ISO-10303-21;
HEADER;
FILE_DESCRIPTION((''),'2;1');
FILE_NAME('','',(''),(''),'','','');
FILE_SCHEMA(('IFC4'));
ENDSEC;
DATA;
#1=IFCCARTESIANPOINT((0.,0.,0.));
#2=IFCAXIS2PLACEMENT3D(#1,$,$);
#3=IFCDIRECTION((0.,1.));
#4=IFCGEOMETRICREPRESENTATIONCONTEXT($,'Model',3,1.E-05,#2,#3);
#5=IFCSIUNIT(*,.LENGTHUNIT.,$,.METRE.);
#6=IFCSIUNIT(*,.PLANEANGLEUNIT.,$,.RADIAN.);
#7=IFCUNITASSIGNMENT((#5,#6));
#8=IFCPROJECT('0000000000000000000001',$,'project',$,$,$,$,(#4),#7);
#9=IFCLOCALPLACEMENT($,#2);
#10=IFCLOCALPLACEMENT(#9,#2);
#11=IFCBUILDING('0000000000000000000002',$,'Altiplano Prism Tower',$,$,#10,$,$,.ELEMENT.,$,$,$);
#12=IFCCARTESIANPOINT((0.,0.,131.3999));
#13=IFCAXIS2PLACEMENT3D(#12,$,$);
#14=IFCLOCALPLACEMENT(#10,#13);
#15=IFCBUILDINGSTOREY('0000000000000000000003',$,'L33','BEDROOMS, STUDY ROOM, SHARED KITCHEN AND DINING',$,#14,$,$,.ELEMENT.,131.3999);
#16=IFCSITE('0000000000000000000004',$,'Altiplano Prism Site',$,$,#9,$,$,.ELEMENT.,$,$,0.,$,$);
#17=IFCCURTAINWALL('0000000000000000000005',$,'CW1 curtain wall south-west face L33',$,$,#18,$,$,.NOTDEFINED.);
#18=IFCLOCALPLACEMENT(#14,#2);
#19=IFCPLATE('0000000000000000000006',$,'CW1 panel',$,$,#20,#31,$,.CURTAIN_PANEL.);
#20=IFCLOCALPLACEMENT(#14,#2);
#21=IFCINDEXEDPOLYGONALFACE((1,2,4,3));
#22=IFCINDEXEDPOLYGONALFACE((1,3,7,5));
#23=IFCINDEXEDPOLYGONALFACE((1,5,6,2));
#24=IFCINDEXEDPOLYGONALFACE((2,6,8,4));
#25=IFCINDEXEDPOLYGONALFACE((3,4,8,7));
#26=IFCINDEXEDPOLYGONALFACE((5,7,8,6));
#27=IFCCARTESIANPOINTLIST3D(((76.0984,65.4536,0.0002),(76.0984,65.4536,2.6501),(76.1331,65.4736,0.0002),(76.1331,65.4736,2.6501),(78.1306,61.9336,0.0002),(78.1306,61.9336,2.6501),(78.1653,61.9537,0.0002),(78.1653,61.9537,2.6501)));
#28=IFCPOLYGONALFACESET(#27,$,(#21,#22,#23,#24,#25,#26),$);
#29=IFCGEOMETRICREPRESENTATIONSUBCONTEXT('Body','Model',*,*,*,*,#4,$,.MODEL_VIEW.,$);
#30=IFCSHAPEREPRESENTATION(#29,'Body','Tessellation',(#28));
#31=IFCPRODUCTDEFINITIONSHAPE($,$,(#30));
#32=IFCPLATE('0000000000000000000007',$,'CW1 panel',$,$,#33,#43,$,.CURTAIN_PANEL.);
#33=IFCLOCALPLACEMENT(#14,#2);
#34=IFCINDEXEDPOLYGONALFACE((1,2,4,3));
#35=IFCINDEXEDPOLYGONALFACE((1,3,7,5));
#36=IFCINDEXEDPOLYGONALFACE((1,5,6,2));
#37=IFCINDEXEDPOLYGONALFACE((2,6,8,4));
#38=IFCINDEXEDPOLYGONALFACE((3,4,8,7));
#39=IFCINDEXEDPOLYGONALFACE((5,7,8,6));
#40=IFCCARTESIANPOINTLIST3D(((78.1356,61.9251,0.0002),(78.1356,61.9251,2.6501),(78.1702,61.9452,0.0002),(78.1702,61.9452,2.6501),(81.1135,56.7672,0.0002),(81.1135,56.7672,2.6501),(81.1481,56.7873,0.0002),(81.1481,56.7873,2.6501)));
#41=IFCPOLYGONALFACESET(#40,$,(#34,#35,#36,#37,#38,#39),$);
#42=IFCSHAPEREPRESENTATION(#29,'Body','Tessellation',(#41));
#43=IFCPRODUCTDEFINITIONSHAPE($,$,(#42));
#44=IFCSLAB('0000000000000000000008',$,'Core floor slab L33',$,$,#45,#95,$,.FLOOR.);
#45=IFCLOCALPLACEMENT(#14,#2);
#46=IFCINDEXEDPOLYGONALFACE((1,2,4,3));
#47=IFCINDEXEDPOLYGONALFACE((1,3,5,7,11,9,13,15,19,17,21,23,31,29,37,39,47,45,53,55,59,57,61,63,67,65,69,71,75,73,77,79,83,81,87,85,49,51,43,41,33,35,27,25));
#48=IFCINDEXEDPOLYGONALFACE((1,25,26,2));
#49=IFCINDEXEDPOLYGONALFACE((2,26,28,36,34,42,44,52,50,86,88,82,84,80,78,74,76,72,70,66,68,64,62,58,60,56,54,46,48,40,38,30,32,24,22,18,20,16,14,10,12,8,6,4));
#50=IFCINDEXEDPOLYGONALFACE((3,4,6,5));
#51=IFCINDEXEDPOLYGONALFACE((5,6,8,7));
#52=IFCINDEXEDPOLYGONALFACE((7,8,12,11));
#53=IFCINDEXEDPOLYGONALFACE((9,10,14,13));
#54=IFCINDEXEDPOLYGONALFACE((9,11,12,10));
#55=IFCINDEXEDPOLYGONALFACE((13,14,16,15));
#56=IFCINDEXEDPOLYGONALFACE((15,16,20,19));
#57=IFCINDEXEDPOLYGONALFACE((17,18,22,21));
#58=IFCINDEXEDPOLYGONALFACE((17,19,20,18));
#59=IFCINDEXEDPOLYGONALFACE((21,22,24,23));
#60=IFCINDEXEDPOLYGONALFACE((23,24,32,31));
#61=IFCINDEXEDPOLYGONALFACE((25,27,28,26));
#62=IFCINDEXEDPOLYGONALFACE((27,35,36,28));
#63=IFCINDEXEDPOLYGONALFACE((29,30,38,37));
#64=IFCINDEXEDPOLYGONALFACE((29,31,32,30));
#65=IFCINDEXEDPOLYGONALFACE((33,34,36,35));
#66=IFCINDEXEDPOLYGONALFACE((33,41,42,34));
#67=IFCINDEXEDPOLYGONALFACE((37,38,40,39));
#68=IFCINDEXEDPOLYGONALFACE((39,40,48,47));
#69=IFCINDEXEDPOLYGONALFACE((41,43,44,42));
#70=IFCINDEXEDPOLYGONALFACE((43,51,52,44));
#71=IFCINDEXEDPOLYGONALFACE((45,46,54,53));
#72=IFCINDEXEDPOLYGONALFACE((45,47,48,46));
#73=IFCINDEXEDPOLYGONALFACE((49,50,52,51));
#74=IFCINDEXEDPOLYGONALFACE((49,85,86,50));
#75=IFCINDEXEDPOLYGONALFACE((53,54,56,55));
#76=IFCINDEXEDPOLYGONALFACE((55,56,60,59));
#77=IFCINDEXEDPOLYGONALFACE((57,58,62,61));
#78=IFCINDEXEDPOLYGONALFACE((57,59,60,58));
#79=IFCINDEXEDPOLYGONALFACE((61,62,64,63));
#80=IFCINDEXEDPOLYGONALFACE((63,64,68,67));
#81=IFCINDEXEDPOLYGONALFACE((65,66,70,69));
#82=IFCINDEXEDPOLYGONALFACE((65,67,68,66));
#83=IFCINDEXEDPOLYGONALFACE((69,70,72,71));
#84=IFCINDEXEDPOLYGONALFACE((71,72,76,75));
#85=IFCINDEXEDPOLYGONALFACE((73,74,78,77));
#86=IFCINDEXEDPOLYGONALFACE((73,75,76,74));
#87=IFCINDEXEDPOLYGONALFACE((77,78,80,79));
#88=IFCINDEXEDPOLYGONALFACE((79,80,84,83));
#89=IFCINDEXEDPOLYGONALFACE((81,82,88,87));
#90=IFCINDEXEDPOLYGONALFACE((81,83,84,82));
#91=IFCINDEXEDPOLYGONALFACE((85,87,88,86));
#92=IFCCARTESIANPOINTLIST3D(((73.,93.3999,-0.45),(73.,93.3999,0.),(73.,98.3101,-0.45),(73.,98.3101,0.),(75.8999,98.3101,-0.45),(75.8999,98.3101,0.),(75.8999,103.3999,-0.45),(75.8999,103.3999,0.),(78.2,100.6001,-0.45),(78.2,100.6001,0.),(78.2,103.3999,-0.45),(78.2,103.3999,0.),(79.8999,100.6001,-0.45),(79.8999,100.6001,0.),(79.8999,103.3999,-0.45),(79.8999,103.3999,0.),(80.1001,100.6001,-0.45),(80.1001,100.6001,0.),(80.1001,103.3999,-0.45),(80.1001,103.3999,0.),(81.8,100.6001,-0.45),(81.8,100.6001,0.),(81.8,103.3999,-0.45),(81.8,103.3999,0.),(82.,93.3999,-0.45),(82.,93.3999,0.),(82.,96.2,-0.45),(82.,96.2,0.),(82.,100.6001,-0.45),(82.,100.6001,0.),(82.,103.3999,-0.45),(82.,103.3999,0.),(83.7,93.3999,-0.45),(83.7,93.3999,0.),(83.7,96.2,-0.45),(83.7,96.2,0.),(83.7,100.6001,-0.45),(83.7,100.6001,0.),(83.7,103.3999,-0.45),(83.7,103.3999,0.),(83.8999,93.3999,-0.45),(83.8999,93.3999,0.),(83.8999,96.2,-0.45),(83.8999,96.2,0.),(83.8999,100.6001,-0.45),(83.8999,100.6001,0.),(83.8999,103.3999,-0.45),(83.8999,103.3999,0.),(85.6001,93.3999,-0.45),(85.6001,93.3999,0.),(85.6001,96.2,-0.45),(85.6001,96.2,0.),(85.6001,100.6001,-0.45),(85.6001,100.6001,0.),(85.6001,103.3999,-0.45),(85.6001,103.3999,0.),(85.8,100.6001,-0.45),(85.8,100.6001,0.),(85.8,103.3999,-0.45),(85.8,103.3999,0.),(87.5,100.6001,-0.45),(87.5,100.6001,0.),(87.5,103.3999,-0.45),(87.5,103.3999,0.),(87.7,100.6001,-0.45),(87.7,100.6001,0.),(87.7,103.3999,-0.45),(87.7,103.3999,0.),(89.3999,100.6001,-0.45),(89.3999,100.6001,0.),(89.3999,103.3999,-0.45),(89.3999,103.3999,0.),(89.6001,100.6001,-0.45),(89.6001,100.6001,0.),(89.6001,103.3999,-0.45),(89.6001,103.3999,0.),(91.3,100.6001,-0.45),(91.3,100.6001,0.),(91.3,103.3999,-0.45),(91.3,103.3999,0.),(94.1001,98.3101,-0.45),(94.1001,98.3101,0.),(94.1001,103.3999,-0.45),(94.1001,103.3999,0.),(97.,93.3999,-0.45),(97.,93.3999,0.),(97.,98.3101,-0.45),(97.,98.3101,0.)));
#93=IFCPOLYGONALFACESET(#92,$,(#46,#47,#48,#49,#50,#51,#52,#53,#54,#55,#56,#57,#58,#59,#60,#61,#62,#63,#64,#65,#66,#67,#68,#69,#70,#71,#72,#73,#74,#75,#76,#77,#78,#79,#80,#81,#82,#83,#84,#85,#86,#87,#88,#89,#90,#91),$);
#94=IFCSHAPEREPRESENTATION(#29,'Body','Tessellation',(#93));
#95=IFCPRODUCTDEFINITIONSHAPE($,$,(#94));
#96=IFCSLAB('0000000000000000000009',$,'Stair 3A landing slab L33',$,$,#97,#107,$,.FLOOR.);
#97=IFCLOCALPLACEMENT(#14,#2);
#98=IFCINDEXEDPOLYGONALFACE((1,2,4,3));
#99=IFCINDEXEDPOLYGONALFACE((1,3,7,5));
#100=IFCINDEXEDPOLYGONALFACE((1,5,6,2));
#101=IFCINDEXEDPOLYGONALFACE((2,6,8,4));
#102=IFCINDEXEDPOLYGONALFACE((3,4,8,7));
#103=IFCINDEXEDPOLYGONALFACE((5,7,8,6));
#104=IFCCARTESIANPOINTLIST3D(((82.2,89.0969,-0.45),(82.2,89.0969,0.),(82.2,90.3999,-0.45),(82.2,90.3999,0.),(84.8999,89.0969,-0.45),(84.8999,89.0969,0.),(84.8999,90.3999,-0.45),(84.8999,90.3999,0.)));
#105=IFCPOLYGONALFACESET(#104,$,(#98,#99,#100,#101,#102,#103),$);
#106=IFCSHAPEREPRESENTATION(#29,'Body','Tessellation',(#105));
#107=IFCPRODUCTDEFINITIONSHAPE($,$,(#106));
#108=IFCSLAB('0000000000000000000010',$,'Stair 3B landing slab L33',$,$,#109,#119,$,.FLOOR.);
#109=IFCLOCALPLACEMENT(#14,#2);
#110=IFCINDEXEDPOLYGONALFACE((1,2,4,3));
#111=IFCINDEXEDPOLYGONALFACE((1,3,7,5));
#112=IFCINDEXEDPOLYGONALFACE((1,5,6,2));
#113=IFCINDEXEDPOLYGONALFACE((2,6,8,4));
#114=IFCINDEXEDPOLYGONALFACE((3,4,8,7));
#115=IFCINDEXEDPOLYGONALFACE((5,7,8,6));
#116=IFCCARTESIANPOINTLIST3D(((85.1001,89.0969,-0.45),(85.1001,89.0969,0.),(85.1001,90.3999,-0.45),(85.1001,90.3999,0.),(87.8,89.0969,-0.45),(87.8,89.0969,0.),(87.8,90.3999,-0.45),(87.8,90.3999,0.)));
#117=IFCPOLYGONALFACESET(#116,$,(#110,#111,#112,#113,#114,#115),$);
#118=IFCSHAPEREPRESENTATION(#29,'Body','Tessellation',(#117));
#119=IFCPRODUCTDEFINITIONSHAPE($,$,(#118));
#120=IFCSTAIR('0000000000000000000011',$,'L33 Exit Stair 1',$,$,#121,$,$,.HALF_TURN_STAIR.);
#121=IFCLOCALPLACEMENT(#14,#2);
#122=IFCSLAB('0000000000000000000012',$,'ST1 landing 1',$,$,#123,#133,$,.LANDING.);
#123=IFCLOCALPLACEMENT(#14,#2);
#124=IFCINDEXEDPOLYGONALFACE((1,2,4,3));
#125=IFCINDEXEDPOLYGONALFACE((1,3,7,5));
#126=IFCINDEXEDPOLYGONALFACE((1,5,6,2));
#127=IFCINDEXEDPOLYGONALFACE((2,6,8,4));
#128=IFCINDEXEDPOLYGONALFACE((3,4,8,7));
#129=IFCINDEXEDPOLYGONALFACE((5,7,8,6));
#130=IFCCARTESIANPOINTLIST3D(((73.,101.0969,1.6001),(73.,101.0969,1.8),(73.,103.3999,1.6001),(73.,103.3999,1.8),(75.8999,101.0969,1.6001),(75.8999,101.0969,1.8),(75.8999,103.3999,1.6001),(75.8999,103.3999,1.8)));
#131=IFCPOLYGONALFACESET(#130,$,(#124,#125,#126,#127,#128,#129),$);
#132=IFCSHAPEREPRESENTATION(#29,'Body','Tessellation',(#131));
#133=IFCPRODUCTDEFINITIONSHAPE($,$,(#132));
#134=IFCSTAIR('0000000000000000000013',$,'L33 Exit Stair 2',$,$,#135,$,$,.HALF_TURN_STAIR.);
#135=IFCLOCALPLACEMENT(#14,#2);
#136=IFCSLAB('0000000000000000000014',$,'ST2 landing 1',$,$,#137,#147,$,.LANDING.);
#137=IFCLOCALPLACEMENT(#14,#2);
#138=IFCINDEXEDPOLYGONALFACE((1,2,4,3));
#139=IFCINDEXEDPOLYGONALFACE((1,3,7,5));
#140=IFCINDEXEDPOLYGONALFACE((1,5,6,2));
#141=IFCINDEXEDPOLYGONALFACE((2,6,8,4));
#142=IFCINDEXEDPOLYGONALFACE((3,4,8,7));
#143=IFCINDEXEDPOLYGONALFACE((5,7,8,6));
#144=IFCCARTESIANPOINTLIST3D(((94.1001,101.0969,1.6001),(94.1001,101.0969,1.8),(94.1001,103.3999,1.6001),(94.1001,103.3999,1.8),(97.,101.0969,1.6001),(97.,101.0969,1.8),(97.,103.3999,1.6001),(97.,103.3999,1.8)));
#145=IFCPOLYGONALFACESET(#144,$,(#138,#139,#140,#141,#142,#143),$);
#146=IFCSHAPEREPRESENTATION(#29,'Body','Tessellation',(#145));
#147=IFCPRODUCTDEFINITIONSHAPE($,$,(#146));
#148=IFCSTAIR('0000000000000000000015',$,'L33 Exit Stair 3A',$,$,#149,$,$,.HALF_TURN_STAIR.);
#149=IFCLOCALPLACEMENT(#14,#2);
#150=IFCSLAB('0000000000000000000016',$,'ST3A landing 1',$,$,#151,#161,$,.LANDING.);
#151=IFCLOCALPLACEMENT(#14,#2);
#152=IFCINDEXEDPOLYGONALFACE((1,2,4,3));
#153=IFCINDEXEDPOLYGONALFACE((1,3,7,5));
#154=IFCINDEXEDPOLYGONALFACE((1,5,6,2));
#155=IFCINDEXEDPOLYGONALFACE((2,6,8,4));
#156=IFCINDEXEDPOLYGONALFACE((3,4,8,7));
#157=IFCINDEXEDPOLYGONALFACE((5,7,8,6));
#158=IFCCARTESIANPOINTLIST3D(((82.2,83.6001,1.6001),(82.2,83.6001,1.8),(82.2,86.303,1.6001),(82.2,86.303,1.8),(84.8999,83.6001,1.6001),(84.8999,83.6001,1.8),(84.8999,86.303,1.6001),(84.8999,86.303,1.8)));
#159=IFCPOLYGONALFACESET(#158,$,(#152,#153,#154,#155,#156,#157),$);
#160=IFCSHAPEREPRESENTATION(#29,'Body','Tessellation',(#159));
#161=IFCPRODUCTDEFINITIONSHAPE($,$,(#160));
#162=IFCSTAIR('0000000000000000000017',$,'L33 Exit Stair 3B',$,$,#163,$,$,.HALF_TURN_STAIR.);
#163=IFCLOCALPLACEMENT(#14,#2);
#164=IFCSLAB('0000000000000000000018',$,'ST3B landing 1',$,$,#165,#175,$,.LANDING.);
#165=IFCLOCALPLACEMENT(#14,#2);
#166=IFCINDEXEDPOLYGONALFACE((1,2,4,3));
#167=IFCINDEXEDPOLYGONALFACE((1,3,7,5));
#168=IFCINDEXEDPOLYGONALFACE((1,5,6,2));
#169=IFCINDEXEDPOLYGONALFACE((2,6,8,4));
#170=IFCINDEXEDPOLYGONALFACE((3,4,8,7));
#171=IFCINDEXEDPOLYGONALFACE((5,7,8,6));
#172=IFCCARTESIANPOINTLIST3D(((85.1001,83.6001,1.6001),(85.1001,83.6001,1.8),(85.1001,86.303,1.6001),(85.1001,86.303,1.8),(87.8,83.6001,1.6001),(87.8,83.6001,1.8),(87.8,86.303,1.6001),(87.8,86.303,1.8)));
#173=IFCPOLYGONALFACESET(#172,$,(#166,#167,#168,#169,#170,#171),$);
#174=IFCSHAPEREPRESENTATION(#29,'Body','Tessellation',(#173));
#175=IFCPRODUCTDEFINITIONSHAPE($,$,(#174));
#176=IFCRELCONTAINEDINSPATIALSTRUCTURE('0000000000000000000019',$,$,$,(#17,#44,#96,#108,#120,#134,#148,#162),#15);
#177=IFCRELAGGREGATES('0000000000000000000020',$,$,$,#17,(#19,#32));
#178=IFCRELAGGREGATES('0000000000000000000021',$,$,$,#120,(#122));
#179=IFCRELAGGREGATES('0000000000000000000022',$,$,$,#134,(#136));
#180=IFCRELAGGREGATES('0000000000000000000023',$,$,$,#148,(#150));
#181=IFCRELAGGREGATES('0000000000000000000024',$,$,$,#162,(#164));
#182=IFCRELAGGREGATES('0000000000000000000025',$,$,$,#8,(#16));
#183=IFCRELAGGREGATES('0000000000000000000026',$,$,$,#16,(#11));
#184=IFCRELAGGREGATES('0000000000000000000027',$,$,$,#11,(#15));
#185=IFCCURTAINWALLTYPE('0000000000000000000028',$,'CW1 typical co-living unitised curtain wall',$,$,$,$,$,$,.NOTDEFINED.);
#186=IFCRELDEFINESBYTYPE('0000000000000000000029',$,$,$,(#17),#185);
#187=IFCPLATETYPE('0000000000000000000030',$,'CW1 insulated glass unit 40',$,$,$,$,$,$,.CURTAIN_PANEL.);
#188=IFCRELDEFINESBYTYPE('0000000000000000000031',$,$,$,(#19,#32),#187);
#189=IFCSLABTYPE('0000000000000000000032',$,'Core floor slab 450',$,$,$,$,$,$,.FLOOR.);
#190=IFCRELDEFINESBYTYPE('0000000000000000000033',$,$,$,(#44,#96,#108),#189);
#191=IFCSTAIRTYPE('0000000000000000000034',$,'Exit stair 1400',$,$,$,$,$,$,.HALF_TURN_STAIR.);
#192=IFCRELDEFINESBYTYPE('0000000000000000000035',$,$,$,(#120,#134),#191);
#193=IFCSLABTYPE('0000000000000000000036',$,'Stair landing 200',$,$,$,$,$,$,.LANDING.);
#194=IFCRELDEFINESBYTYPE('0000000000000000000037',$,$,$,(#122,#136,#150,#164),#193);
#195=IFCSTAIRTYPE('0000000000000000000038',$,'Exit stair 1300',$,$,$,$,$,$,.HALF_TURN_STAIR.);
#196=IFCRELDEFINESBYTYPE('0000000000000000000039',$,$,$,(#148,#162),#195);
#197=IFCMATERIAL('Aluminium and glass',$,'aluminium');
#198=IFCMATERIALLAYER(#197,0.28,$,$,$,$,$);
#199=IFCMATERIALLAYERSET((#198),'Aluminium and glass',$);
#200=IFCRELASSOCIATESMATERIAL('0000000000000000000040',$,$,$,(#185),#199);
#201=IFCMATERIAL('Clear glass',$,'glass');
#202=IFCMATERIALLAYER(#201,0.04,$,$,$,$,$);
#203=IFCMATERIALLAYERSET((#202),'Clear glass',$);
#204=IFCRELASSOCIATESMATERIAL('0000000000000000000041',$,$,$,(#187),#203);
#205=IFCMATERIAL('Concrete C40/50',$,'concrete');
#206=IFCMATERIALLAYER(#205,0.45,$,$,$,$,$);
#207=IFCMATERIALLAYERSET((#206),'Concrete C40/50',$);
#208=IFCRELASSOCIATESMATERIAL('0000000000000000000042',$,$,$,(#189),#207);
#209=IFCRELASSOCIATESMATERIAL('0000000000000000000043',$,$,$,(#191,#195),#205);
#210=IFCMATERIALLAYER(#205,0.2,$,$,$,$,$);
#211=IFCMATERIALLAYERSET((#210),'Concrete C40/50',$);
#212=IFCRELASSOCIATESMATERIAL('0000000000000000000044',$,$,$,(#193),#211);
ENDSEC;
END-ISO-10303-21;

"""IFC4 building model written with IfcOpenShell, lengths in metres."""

from ifc_helpers import new_model, si_unit, direction, frame, origin, origin_2d, place, context, subcontext, project, spatial, polyline, rectangle, outline, extrude, material, layer, layer_set, type_object, element, aggregate, save


model = new_model("IFC4")

# Units and contexts
model_context = context("Model", 3, precision=1e-05, world=origin(), true_north=direction((0.0, 1.0)))
body_context = subcontext(model_context, "Body", "Model", "MODEL_VIEW")
ifc_project = project(units=[si_unit("LENGTHUNIT", "METRE"), si_unit("PLANEANGLEUNIT", "RADIAN")], contexts=[model_context])

# Site, building, storey
site_placement = place(None, origin())
site = spatial("IfcSite", under=ifc_project, at=site_placement, Name="Altiplano Prism Site", CompositionType="ELEMENT", RefElevation=0.0)
building_placement = place(site_placement, origin())
building = spatial("IfcBuilding", under=site, at=building_placement, Name="Altiplano Prism Tower", CompositionType="ELEMENT")
storey_placement = place(building_placement, frame((0.0, 0.0, 131.3999)))
storey = spatial("IfcBuildingStorey", under=building, at=storey_placement, Name="L33", Description="BEDROOMS, STUDY ROOM, SHARED KITCHEN AND DINING", CompositionType="ELEMENT", Elevation=131.3999)

# Curtain wall
ifc_material_1 = material(Name="Aluminium and glass", Category="aluminium")
ifc_layer_1 = layer(ifc_material_1, 0.28)
ifc_layer_set_1 = layer_set([ifc_layer_1], Name="Aluminium and glass")
curtain_wall_type = type_object("IfcCurtainWallType", Name="CW1 typical co-living unitised curtain wall", PredefinedType="NOTDEFINED", material=ifc_layer_set_1)
curtain_wall_placement = place(storey_placement, origin())
curtain_wall = element("IfcCurtainWall", 1, at=curtain_wall_placement, inside=storey, type_object=curtain_wall_type, Name="CW1 curtain wall south-west face L33", PredefinedType="NOTDEFINED")

# Plates
ifc_material_2 = material(Name="Clear glass", Category="glass")
ifc_layer_2 = layer(ifc_material_2, 0.04)
ifc_layer_set_2 = layer_set([ifc_layer_2], Name="Clear glass")
plate_type = type_object("IfcPlateType", Name="CW1 insulated glass unit 40", PredefinedType="CURTAIN_PANEL", material=ifc_layer_set_2)
plate_1_placement = place(storey_placement, frame((77.1318, 63.7036, 0.0002), z_axis=(0.0, 0.0, 1.0), x_axis=(0.5, -0.866025, 0.0)))
plate_1 = element("IfcPlate", 2, at=plate_1_placement, type_object=plate_type, Name="CW1 panel", PredefinedType="CURTAIN_PANEL", context=body_context, shape_type="SweptSolid", body=[
    extrude(rectangle(XDim=4.0645, YDim=0.04, at=origin_2d()), origin(), (0.0, 0.0, 1.0), 2.6499),
])
plate_2_placement = place(storey_placement, frame((79.6418, 59.3562, 0.0002), z_axis=(0.0, 0.0, 1.0), x_axis=(0.5, -0.866025, 0.0)))
plate_2 = element("IfcPlate", 3, at=plate_2_placement, type_object=plate_type, Name="CW1 panel", PredefinedType="CURTAIN_PANEL", context=body_context, shape_type="SweptSolid", body=[
    extrude(rectangle(XDim=5.9558, YDim=0.04, at=origin_2d()), origin(), (0.0, 0.0, 1.0), 2.6499),
])
aggregate(curtain_wall, [plate_1, plate_2])

# Slabs
ifc_material_3 = material(Name="Concrete C40/50", Category="concrete")
ifc_layer_3 = layer(ifc_material_3, 0.45)
ifc_layer_set_3 = layer_set([ifc_layer_3], Name="Concrete C40/50")
slab_type_1 = type_object("IfcSlabType", Name="Core floor slab 450", PredefinedType="FLOOR", material=ifc_layer_set_3)
slab_1_placement = place(storey_placement, frame((0.0, 0.0, -0.45)))
element("IfcSlab", 4, at=slab_1_placement, inside=storey, type_object=slab_type_1, Name="Core floor slab L33", PredefinedType="FLOOR", context=body_context, shape_type="SweptSolid", body=[
    extrude(outline(polyline([(97.0, 98.3101), (94.1001, 98.3101), (94.1001, 103.3999), (91.3, 103.3999), (91.3, 100.6001), (89.6001, 100.6001), (89.6001, 103.3999), (89.3999, 103.3999), (89.3999, 100.6001), (87.7, 100.6001), (87.7, 103.3999), (87.5, 103.3999), (87.5, 100.6001), (85.8, 100.6001), (85.8, 103.3999), (85.6001, 103.3999), (85.6001, 100.6001), (83.8999, 100.6001), (83.8999, 103.3999), (83.7, 103.3999), (83.7, 100.6001), (82.0, 100.6001), (82.0, 103.3999), (81.8, 103.3999), (81.8, 100.6001), (80.1001, 100.6001), (80.1001, 103.3999), (79.8999, 103.3999), (79.8999, 100.6001), (78.2, 100.6001), (78.2, 103.3999), (75.8999, 103.3999), (75.8999, 98.3101), (73.0, 98.3101), (73.0, 93.3999), (82.0, 93.3999), (82.0, 96.2), (83.7, 96.2), (83.7, 93.3999), (83.8999, 93.3999), (83.8999, 96.2), (85.6001, 96.2), (85.6001, 93.3999), (97.0, 93.3999), (97.0, 98.3101)])), origin(), (0.0, 0.0, 1.0), 0.45),
])
slab_2_placement = place(storey_placement, frame((0.0, 0.0, -0.45)))
element("IfcSlab", 5, at=slab_2_placement, inside=storey, type_object=slab_type_1, Name="Stair 3A landing slab L33", PredefinedType="FLOOR", context=body_context, shape_type="SweptSolid", body=[
    extrude(outline(polyline([(82.2, 89.0969), (84.8999, 89.0969), (84.8999, 90.3999), (82.2, 90.3999), (82.2, 89.0969)])), origin(), (0.0, 0.0, 1.0), 0.45),
])
slab_3_placement = place(storey_placement, frame((0.0, 0.0, -0.45)))
element("IfcSlab", 6, at=slab_3_placement, inside=storey, type_object=slab_type_1, Name="Stair 3B landing slab L33", PredefinedType="FLOOR", context=body_context, shape_type="SweptSolid", body=[
    extrude(outline(polyline([(85.1001, 89.0969), (87.8, 89.0969), (87.8, 90.3999), (85.1001, 90.3999), (85.1001, 89.0969)])), origin(), (0.0, 0.0, 1.0), 0.45),
])

# Stairs, slabs
stair_type_1 = type_object("IfcStairType", Name="Exit stair 1400", PredefinedType="HALF_TURN_STAIR", material=ifc_material_3)
stair_1_placement = place(storey_placement, origin())
stair_1 = element("IfcStair", 7, at=stair_1_placement, inside=storey, type_object=stair_type_1, Name="L33 Exit Stair 1", PredefinedType="HALF_TURN_STAIR")
ifc_layer_4 = layer(ifc_material_3, 0.2)
ifc_layer_set_4 = layer_set([ifc_layer_4], Name="Concrete C40/50")
slab_type_2 = type_object("IfcSlabType", Name="Stair landing 200", PredefinedType="LANDING", material=ifc_layer_set_4)
slab_4_placement = place(storey_placement, frame((0.0, 0.0, 1.6001)))
slab_4 = element("IfcSlab", 8, at=slab_4_placement, type_object=slab_type_2, Name="ST1 landing 1", PredefinedType="LANDING", context=body_context, shape_type="SweptSolid", body=[
    extrude(outline(polyline([(75.8999, 101.0969), (75.8999, 103.3999), (73.0, 103.3999), (73.0, 101.0969), (75.8999, 101.0969)])), origin(), (0.0, 0.0, 1.0), 0.2),
])
aggregate(stair_1, [slab_4])
stair_2_placement = place(storey_placement, origin())
stair_2 = element("IfcStair", 9, at=stair_2_placement, inside=storey, type_object=stair_type_1, Name="L33 Exit Stair 2", PredefinedType="HALF_TURN_STAIR")
slab_5_placement = place(storey_placement, frame((0.0, 0.0, 1.6001)))
slab_5 = element("IfcSlab", 10, at=slab_5_placement, type_object=slab_type_2, Name="ST2 landing 1", PredefinedType="LANDING", context=body_context, shape_type="SweptSolid", body=[
    extrude(outline(polyline([(97.0, 101.0969), (97.0, 103.3999), (94.1001, 103.3999), (94.1001, 101.0969), (97.0, 101.0969)])), origin(), (0.0, 0.0, 1.0), 0.2),
])
aggregate(stair_2, [slab_5])
stair_type_2 = type_object("IfcStairType", Name="Exit stair 1300", PredefinedType="HALF_TURN_STAIR", material=ifc_material_3)
stair_3_placement = place(storey_placement, origin())
stair_3 = element("IfcStair", 11, at=stair_3_placement, inside=storey, type_object=stair_type_2, Name="L33 Exit Stair 3A", PredefinedType="HALF_TURN_STAIR")
slab_6_placement = place(storey_placement, frame((0.0, 0.0, 1.6001)))
slab_6 = element("IfcSlab", 12, at=slab_6_placement, type_object=slab_type_2, Name="ST3A landing 1", PredefinedType="LANDING", context=body_context, shape_type="SweptSolid", body=[
    extrude(outline(polyline([(82.2, 86.303), (82.2, 83.6001), (84.8999, 83.6001), (84.8999, 86.303), (82.2, 86.303)])), origin(), (0.0, 0.0, 1.0), 0.2),
])
aggregate(stair_3, [slab_6])
stair_4_placement = place(storey_placement, origin())
stair_4 = element("IfcStair", 13, at=stair_4_placement, inside=storey, type_object=stair_type_2, Name="L33 Exit Stair 3B", PredefinedType="HALF_TURN_STAIR")
slab_7_placement = place(storey_placement, frame((0.0, 0.0, 1.6001)))
slab_7 = element("IfcSlab", 14, at=slab_7_placement, type_object=slab_type_2, Name="ST3B landing 1", PredefinedType="LANDING", context=body_context, shape_type="SweptSolid", body=[
    extrude(outline(polyline([(85.1001, 86.303), (85.1001, 83.6001), (87.8, 83.6001), (87.8, 86.303), (85.1001, 86.303)])), origin(), (0.0, 0.0, 1.0), 0.2),
])
aggregate(stair_4, [slab_7])

save(model, "model.ifc")
